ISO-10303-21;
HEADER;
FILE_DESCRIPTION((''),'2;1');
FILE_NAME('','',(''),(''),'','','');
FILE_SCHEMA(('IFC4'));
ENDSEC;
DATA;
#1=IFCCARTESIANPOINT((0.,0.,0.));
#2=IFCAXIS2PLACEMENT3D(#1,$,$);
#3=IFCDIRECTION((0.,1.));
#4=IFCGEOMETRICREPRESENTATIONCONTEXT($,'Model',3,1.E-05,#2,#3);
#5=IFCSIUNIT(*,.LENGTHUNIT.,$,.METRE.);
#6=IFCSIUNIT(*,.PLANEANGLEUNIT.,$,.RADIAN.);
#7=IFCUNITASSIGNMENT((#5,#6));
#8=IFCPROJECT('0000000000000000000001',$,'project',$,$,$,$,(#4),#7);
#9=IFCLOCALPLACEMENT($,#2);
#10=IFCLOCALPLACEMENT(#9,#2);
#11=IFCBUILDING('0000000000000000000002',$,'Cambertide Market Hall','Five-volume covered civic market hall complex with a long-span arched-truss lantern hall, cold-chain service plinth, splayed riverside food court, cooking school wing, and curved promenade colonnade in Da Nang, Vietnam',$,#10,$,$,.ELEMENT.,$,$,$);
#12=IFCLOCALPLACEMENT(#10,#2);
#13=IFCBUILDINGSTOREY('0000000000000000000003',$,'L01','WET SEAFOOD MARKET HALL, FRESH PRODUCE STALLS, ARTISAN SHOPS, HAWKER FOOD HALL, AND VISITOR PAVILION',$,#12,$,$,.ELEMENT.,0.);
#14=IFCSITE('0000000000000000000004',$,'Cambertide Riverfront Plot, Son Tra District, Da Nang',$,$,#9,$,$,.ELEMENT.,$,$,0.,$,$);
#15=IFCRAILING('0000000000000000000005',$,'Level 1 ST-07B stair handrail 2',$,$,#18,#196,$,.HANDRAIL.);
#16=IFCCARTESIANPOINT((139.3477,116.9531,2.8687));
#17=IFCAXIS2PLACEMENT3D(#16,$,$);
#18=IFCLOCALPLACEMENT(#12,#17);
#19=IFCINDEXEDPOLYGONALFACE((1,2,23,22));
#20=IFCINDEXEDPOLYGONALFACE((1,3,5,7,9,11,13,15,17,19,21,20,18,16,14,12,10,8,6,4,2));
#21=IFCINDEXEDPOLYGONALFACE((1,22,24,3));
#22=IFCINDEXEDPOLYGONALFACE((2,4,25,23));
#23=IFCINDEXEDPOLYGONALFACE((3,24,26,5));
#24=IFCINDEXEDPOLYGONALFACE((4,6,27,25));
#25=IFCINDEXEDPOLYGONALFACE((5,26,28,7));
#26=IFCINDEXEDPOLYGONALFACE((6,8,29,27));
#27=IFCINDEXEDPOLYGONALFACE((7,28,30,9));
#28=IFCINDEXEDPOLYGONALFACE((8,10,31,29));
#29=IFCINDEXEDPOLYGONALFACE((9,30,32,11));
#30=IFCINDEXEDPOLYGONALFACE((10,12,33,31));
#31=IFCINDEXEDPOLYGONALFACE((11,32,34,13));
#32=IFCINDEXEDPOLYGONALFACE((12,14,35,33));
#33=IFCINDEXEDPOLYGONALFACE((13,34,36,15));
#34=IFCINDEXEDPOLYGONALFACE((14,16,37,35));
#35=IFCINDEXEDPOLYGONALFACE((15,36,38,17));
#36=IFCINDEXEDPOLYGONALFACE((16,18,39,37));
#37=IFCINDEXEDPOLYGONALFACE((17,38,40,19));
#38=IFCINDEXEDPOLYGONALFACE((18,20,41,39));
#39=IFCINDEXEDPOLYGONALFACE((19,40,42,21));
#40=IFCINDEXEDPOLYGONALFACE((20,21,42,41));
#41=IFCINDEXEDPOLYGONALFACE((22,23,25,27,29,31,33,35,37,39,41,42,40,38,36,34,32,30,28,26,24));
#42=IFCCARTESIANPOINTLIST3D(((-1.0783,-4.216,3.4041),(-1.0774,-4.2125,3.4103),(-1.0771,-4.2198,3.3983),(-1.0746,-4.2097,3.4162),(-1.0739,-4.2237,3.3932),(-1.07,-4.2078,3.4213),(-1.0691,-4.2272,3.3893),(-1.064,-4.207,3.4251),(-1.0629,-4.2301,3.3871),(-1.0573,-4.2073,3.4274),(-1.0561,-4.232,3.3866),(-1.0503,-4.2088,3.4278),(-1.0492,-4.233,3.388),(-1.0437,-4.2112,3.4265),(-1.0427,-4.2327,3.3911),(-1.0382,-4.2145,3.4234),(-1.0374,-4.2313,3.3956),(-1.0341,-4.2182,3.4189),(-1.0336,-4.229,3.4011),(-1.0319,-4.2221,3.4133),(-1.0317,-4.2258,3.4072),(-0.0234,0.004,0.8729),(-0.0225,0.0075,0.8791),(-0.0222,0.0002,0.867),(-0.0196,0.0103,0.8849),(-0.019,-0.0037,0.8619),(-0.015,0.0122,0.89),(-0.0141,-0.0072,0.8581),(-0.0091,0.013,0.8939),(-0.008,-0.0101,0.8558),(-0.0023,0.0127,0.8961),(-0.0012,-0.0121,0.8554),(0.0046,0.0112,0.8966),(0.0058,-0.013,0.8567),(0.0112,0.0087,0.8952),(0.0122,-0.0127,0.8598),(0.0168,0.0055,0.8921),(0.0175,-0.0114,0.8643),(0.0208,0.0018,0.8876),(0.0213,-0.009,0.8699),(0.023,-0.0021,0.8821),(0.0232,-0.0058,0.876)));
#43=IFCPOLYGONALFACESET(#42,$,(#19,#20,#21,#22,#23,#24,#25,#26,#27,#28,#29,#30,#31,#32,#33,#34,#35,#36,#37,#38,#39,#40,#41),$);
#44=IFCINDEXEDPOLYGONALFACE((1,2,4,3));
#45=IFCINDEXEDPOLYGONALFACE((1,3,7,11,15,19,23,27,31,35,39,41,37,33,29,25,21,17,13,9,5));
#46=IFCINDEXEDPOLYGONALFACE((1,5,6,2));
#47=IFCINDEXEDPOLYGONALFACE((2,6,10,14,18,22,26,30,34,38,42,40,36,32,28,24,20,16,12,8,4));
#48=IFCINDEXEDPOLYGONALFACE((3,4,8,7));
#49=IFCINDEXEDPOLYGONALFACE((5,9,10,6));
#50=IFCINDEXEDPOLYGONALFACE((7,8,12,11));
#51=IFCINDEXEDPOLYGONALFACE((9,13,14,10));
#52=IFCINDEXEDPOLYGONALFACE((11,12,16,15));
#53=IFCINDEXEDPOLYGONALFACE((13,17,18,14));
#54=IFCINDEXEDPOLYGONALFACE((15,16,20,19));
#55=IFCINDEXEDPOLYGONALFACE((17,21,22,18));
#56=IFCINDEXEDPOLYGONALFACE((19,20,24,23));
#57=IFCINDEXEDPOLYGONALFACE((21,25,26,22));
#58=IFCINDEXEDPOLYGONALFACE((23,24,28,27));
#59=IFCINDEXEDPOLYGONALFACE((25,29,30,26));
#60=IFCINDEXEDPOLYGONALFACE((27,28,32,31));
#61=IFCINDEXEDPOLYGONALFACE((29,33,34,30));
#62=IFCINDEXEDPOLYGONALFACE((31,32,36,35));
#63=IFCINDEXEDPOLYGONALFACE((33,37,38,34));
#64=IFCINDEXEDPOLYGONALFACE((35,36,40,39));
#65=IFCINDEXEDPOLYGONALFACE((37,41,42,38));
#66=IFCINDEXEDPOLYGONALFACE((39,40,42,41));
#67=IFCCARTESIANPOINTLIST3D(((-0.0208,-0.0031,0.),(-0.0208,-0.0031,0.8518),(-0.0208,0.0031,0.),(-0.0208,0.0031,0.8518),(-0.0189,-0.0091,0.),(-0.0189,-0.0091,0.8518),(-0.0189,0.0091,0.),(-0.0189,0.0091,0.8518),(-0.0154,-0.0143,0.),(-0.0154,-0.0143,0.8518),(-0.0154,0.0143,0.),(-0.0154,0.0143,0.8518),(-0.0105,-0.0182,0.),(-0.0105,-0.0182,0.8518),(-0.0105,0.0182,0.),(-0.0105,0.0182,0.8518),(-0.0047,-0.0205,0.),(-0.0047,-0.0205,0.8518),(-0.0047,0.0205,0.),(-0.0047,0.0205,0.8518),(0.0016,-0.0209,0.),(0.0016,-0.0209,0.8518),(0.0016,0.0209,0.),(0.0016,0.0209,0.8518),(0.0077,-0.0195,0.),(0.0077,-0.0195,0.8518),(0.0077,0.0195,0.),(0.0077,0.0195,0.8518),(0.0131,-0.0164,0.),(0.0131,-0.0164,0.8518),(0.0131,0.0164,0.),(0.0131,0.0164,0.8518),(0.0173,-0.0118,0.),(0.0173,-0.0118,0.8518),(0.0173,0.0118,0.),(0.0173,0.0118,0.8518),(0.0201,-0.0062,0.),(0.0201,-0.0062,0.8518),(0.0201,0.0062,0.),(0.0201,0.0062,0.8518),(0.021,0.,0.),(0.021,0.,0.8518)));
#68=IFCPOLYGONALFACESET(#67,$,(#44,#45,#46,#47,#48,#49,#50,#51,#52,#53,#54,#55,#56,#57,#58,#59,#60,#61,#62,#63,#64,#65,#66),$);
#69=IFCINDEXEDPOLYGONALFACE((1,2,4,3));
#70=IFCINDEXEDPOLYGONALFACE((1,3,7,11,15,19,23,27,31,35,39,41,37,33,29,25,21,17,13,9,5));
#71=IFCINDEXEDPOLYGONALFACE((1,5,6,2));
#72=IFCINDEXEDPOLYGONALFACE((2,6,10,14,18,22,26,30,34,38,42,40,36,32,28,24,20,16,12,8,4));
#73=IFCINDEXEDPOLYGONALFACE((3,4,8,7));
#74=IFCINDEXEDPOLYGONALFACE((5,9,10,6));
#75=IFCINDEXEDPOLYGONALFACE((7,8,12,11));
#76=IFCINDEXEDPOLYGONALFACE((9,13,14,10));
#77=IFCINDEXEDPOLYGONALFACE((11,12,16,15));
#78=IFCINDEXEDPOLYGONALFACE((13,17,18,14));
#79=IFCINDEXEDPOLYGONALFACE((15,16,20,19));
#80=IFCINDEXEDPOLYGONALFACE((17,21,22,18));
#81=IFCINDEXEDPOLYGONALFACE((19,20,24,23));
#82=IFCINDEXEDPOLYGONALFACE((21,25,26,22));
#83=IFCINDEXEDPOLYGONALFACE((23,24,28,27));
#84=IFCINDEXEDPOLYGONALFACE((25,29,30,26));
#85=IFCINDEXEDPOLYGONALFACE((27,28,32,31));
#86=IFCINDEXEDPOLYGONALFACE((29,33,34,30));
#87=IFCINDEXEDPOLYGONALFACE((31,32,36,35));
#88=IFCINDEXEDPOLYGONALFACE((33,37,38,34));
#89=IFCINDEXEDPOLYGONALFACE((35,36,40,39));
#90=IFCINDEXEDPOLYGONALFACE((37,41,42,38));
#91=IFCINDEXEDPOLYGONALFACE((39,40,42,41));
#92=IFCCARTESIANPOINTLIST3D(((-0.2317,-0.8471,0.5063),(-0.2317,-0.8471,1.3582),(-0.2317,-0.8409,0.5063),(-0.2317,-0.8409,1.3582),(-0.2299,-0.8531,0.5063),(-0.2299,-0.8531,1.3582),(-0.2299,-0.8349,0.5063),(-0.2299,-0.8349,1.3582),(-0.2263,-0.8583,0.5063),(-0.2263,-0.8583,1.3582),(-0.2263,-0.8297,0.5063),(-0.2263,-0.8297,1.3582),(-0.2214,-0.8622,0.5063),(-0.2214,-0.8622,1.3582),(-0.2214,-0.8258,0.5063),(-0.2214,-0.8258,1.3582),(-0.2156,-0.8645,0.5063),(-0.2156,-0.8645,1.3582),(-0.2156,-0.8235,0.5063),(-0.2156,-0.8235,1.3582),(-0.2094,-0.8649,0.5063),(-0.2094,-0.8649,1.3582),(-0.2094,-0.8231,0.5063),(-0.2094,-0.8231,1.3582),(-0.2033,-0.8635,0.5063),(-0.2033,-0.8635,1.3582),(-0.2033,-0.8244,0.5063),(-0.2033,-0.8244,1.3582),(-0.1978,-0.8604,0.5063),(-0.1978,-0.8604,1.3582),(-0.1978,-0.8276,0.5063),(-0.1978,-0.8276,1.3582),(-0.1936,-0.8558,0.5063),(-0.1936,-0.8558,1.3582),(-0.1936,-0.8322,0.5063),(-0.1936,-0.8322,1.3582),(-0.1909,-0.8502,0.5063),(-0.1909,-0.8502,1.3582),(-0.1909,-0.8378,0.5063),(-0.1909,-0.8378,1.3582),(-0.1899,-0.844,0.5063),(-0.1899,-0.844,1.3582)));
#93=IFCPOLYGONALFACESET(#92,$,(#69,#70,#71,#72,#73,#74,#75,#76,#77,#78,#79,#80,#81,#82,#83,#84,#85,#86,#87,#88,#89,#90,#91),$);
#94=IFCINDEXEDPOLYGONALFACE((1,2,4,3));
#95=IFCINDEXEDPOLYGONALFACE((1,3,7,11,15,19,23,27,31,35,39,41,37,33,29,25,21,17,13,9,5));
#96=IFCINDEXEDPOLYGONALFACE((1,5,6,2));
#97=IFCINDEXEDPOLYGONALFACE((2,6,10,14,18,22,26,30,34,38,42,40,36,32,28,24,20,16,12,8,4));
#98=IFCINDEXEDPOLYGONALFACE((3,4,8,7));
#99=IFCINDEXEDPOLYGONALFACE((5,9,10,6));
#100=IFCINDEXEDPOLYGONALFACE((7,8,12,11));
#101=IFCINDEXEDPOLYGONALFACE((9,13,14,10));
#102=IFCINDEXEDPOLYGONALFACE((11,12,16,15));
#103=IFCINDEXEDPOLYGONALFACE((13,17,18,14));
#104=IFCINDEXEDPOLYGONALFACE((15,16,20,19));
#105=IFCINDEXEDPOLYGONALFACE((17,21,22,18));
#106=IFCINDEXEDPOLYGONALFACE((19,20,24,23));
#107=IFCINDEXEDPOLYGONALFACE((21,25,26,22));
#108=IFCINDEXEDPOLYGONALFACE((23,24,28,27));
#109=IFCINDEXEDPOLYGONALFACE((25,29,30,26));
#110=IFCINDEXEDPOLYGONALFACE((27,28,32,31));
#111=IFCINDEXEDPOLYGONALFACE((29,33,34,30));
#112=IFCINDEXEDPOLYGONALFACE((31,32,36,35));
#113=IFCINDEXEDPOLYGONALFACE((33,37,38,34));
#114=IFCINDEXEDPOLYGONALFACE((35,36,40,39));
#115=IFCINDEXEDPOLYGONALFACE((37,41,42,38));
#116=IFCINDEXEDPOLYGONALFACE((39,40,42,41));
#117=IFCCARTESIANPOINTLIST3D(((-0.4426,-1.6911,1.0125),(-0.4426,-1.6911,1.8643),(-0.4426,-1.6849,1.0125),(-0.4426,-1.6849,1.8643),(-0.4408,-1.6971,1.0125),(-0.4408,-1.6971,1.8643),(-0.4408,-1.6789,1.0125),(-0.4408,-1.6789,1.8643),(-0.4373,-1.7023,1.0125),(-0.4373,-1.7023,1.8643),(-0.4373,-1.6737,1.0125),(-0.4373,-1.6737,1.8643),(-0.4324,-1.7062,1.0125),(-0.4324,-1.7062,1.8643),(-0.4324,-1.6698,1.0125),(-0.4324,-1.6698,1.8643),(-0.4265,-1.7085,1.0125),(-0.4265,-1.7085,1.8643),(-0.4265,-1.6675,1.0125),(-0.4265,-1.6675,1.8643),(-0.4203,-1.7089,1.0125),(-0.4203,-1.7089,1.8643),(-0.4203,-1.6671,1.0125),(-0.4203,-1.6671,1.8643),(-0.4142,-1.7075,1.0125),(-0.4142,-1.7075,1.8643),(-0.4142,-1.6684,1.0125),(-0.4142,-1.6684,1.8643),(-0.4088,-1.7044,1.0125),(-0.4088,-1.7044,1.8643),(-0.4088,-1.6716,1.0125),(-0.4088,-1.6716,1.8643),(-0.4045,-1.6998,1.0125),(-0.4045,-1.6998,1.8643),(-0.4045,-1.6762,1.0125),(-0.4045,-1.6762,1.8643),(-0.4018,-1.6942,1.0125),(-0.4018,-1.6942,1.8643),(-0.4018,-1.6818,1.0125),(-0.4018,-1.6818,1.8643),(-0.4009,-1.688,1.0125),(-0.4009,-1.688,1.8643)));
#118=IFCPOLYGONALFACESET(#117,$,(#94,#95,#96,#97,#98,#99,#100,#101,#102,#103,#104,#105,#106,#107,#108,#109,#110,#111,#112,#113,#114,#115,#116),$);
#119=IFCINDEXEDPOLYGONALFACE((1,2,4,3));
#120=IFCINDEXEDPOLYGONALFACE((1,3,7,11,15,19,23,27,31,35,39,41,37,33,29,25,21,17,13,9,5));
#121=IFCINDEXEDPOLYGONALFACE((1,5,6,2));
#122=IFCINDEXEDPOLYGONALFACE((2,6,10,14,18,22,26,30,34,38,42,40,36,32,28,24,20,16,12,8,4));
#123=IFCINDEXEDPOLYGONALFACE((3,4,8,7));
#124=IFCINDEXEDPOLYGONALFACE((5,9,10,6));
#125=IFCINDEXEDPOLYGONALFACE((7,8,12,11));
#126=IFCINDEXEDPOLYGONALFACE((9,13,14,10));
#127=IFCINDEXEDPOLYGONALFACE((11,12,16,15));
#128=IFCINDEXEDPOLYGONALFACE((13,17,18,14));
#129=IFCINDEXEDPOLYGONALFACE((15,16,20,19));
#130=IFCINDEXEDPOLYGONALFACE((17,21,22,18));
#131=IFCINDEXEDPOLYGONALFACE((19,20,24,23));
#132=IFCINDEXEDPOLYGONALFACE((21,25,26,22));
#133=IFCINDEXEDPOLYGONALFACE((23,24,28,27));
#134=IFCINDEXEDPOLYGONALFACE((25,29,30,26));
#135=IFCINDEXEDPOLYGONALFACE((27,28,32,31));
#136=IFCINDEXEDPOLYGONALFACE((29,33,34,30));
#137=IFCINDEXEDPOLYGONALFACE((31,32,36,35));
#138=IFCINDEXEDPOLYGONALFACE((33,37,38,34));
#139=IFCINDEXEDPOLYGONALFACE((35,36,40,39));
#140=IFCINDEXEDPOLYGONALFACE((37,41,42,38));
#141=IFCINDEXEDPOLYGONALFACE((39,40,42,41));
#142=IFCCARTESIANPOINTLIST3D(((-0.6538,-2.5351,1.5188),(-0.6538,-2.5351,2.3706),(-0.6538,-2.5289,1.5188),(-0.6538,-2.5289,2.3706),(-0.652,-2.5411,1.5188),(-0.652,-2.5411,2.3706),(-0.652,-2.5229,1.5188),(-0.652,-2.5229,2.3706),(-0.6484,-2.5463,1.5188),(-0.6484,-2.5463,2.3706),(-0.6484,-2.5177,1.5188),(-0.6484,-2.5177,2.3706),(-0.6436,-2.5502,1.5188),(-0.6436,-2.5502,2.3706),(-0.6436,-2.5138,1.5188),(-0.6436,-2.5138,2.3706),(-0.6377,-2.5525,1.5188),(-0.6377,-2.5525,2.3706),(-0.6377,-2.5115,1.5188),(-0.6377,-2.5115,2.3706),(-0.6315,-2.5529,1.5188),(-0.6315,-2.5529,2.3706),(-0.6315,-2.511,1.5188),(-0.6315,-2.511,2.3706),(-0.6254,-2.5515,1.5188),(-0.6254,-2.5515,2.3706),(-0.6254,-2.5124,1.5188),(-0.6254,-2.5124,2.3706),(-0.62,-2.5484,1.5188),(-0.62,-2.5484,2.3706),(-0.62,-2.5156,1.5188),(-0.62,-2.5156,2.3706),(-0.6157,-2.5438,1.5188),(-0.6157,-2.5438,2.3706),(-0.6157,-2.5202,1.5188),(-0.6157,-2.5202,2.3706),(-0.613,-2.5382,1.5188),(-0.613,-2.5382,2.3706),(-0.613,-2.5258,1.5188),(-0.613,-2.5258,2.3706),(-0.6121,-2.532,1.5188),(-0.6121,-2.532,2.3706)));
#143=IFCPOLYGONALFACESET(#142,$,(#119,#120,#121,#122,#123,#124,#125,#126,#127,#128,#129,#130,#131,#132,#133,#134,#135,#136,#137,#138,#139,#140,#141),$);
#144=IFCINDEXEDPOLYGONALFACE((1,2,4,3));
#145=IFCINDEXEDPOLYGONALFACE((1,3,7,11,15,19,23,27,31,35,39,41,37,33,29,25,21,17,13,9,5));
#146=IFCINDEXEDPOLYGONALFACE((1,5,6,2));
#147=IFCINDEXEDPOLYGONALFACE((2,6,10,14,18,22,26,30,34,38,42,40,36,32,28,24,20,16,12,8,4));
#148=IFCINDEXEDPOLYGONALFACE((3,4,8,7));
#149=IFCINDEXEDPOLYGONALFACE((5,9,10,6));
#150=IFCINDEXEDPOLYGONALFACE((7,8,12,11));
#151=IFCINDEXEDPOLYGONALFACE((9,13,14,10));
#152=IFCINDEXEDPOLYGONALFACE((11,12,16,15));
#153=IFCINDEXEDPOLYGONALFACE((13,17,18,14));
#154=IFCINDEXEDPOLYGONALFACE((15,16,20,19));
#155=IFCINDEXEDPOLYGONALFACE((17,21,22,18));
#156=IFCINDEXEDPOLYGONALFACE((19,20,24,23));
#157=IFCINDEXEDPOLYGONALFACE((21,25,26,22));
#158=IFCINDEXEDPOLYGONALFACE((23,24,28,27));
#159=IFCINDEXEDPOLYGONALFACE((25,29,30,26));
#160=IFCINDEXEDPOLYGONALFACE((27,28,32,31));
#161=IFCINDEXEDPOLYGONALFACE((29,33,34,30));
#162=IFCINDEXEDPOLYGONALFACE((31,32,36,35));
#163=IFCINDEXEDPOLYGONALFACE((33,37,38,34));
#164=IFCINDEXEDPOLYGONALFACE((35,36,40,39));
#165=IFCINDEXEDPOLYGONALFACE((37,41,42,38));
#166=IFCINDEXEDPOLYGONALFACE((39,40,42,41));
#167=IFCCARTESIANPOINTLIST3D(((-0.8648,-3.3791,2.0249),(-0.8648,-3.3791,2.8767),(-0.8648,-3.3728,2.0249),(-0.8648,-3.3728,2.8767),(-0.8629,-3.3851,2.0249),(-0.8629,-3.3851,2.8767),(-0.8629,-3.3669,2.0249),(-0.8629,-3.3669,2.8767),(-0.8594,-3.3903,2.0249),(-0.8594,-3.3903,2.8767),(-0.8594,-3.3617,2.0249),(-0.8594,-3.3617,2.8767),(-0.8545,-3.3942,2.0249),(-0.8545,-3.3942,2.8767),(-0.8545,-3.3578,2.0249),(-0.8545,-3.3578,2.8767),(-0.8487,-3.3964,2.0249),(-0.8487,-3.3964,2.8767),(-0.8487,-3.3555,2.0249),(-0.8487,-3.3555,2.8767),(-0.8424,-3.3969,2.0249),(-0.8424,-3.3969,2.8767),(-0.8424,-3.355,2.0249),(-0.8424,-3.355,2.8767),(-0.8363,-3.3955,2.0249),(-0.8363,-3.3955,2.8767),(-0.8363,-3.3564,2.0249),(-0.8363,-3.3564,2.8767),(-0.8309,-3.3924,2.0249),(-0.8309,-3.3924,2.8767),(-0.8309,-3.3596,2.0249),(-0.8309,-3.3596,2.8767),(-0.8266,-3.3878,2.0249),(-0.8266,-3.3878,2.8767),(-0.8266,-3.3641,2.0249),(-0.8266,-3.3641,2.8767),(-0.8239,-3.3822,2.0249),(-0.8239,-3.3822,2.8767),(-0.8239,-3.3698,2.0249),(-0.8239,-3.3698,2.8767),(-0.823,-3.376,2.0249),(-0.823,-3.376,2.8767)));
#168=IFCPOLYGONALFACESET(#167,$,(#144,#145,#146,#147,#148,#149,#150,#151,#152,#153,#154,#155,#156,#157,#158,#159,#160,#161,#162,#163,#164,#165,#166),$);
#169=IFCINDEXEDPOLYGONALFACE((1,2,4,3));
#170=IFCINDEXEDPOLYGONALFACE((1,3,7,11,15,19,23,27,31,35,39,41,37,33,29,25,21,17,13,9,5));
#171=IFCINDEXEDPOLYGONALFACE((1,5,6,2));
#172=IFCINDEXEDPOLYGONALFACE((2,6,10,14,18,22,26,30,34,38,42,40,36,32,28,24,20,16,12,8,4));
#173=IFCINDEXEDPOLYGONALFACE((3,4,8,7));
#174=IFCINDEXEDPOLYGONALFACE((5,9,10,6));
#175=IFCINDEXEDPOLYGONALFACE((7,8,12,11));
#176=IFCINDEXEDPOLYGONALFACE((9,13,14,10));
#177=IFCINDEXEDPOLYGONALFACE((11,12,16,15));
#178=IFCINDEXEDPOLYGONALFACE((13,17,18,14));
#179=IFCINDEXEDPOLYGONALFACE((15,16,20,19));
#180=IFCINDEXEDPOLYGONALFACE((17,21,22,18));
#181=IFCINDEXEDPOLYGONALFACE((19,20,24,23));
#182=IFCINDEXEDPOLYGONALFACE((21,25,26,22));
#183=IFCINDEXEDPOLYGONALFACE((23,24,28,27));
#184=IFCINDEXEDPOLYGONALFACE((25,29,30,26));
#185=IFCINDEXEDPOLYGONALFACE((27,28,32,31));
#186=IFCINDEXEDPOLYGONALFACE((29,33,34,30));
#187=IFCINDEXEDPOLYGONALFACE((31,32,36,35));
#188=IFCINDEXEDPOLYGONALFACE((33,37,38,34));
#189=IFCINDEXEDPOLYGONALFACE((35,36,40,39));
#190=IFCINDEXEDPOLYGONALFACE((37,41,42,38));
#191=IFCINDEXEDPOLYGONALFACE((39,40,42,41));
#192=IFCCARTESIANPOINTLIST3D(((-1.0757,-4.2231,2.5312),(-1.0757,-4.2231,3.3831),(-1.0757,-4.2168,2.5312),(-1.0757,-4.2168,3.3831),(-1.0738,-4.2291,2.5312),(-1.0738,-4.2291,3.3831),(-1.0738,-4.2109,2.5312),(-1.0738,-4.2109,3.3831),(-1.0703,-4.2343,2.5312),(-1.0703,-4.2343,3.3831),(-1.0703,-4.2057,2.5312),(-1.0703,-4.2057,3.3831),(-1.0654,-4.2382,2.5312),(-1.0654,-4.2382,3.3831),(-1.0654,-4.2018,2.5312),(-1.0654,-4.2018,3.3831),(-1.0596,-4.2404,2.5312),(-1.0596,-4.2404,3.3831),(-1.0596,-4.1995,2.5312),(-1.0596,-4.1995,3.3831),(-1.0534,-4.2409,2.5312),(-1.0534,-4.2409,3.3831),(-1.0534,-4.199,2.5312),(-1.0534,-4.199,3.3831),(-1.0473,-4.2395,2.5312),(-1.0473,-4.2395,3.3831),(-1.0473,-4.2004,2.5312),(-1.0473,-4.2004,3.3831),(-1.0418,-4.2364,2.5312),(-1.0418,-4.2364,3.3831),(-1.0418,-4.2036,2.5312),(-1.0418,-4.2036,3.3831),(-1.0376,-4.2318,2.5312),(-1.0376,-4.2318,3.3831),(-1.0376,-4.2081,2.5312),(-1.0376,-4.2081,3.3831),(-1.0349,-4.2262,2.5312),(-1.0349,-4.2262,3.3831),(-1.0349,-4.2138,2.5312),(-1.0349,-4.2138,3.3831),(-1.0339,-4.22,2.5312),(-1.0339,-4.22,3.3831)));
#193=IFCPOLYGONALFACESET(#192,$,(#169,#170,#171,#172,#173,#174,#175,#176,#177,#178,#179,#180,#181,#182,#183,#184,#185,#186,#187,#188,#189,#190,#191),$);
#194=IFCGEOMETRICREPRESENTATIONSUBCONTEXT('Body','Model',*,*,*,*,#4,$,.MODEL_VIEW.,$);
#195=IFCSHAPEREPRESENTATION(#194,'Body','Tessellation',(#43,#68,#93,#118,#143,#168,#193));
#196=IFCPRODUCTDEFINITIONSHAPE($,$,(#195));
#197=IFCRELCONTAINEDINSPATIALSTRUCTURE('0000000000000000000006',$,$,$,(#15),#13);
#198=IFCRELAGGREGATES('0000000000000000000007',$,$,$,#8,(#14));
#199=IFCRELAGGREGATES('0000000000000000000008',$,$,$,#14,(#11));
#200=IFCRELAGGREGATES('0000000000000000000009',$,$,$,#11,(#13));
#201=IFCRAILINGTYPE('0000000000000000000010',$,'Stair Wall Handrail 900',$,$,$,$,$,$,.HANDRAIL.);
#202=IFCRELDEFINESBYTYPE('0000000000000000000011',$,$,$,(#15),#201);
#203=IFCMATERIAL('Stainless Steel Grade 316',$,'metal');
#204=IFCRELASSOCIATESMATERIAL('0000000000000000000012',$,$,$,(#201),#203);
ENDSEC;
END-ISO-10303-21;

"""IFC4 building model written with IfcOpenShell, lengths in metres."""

from ifc_helpers import new_model, si_unit, direction, frame, origin, origin_2d, place, context, subcontext, project, spatial, circle, extrude, material, type_object, element, save


model = new_model("IFC4")

# Units and contexts
model_context = context("Model", 3, precision=1e-05, world=origin(), true_north=direction((0.0, 1.0)))
body_context = subcontext(model_context, "Body", "Model", "MODEL_VIEW")
ifc_project = project(units=[si_unit("LENGTHUNIT", "METRE"), si_unit("PLANEANGLEUNIT", "RADIAN")], contexts=[model_context])

# Site, building, storey
site_placement = place(None, origin())
site = spatial("IfcSite", under=ifc_project, at=site_placement, Name="Cambertide Riverfront Plot, Son Tra District, Da Nang", CompositionType="ELEMENT", RefElevation=0.0)
building_placement = place(site_placement, origin())
building = spatial("IfcBuilding", under=site, at=building_placement, Name="Cambertide Market Hall", Description="Five-volume covered civic market hall complex with a long-span arched-truss lantern hall, cold-chain service plinth, splayed riverside food court, cooking school wing, and curved promenade colonnade in Da Nang, Vietnam", CompositionType="ELEMENT")
storey_placement = place(building_placement, origin())
storey = spatial("IfcBuildingStorey", under=building, at=storey_placement, Name="L01", Description="WET SEAFOOD MARKET HALL, FRESH PRODUCE STALLS, ARTISAN SHOPS, HAWKER FOOD HALL, AND VISITOR PAVILION", CompositionType="ELEMENT", Elevation=0.0)

# Railing
ifc_material_1 = material(Name="Stainless Steel Grade 316", Category="metal")
railing_type_1 = type_object("IfcRailingType", Name="Stair Wall Handrail 900", PredefinedType="HANDRAIL", material=ifc_material_1)
railing_1_placement = place(storey_placement, frame((139.3477, 116.9531, 2.8687)))
element("IfcRailing", 1, at=railing_1_placement, inside=storey, type_object=railing_type_1, Name="Level 1 ST-07B stair handrail 2", PredefinedType="HANDRAIL", context=body_context, shape_type="SweptSolid", body=[
    extrude(circle(Radius=0.0239, at=origin_2d()), frame((0.0, 0.0, 0.876), z_axis=(-0.209615, -0.838507, 0.502959), x_axis=(0.970146, -0.242522, 0.0)), (0.0, 0.0, 1.0), 5.0327),
    extrude(circle(Radius=0.021, at=origin_2d()), origin(), (0.0, 0.0, 1.0), 0.8518),
    extrude(circle(Radius=0.021, at=origin_2d()), frame((-0.2109, -0.844, 0.5063)), (0.0, 0.0, 1.0), 0.8518),
    extrude(circle(Radius=0.021, at=origin_2d()), frame((-0.4219, -1.688, 1.0125)), (0.0, 0.0, 1.0), 0.8518),
    extrude(circle(Radius=0.021, at=origin_2d()), frame((-0.6331, -2.532, 1.5188)), (0.0, 0.0, 1.0), 0.8518),
    extrude(circle(Radius=0.021, at=origin_2d()), frame((-0.844, -3.376, 2.0249)), (0.0, 0.0, 1.0), 0.8518),
    extrude(circle(Radius=0.021, at=origin_2d()), frame((-1.0549, -4.22, 2.5312)), (0.0, 0.0, 1.0), 0.8518),
])

save(model, "model.ifc")
